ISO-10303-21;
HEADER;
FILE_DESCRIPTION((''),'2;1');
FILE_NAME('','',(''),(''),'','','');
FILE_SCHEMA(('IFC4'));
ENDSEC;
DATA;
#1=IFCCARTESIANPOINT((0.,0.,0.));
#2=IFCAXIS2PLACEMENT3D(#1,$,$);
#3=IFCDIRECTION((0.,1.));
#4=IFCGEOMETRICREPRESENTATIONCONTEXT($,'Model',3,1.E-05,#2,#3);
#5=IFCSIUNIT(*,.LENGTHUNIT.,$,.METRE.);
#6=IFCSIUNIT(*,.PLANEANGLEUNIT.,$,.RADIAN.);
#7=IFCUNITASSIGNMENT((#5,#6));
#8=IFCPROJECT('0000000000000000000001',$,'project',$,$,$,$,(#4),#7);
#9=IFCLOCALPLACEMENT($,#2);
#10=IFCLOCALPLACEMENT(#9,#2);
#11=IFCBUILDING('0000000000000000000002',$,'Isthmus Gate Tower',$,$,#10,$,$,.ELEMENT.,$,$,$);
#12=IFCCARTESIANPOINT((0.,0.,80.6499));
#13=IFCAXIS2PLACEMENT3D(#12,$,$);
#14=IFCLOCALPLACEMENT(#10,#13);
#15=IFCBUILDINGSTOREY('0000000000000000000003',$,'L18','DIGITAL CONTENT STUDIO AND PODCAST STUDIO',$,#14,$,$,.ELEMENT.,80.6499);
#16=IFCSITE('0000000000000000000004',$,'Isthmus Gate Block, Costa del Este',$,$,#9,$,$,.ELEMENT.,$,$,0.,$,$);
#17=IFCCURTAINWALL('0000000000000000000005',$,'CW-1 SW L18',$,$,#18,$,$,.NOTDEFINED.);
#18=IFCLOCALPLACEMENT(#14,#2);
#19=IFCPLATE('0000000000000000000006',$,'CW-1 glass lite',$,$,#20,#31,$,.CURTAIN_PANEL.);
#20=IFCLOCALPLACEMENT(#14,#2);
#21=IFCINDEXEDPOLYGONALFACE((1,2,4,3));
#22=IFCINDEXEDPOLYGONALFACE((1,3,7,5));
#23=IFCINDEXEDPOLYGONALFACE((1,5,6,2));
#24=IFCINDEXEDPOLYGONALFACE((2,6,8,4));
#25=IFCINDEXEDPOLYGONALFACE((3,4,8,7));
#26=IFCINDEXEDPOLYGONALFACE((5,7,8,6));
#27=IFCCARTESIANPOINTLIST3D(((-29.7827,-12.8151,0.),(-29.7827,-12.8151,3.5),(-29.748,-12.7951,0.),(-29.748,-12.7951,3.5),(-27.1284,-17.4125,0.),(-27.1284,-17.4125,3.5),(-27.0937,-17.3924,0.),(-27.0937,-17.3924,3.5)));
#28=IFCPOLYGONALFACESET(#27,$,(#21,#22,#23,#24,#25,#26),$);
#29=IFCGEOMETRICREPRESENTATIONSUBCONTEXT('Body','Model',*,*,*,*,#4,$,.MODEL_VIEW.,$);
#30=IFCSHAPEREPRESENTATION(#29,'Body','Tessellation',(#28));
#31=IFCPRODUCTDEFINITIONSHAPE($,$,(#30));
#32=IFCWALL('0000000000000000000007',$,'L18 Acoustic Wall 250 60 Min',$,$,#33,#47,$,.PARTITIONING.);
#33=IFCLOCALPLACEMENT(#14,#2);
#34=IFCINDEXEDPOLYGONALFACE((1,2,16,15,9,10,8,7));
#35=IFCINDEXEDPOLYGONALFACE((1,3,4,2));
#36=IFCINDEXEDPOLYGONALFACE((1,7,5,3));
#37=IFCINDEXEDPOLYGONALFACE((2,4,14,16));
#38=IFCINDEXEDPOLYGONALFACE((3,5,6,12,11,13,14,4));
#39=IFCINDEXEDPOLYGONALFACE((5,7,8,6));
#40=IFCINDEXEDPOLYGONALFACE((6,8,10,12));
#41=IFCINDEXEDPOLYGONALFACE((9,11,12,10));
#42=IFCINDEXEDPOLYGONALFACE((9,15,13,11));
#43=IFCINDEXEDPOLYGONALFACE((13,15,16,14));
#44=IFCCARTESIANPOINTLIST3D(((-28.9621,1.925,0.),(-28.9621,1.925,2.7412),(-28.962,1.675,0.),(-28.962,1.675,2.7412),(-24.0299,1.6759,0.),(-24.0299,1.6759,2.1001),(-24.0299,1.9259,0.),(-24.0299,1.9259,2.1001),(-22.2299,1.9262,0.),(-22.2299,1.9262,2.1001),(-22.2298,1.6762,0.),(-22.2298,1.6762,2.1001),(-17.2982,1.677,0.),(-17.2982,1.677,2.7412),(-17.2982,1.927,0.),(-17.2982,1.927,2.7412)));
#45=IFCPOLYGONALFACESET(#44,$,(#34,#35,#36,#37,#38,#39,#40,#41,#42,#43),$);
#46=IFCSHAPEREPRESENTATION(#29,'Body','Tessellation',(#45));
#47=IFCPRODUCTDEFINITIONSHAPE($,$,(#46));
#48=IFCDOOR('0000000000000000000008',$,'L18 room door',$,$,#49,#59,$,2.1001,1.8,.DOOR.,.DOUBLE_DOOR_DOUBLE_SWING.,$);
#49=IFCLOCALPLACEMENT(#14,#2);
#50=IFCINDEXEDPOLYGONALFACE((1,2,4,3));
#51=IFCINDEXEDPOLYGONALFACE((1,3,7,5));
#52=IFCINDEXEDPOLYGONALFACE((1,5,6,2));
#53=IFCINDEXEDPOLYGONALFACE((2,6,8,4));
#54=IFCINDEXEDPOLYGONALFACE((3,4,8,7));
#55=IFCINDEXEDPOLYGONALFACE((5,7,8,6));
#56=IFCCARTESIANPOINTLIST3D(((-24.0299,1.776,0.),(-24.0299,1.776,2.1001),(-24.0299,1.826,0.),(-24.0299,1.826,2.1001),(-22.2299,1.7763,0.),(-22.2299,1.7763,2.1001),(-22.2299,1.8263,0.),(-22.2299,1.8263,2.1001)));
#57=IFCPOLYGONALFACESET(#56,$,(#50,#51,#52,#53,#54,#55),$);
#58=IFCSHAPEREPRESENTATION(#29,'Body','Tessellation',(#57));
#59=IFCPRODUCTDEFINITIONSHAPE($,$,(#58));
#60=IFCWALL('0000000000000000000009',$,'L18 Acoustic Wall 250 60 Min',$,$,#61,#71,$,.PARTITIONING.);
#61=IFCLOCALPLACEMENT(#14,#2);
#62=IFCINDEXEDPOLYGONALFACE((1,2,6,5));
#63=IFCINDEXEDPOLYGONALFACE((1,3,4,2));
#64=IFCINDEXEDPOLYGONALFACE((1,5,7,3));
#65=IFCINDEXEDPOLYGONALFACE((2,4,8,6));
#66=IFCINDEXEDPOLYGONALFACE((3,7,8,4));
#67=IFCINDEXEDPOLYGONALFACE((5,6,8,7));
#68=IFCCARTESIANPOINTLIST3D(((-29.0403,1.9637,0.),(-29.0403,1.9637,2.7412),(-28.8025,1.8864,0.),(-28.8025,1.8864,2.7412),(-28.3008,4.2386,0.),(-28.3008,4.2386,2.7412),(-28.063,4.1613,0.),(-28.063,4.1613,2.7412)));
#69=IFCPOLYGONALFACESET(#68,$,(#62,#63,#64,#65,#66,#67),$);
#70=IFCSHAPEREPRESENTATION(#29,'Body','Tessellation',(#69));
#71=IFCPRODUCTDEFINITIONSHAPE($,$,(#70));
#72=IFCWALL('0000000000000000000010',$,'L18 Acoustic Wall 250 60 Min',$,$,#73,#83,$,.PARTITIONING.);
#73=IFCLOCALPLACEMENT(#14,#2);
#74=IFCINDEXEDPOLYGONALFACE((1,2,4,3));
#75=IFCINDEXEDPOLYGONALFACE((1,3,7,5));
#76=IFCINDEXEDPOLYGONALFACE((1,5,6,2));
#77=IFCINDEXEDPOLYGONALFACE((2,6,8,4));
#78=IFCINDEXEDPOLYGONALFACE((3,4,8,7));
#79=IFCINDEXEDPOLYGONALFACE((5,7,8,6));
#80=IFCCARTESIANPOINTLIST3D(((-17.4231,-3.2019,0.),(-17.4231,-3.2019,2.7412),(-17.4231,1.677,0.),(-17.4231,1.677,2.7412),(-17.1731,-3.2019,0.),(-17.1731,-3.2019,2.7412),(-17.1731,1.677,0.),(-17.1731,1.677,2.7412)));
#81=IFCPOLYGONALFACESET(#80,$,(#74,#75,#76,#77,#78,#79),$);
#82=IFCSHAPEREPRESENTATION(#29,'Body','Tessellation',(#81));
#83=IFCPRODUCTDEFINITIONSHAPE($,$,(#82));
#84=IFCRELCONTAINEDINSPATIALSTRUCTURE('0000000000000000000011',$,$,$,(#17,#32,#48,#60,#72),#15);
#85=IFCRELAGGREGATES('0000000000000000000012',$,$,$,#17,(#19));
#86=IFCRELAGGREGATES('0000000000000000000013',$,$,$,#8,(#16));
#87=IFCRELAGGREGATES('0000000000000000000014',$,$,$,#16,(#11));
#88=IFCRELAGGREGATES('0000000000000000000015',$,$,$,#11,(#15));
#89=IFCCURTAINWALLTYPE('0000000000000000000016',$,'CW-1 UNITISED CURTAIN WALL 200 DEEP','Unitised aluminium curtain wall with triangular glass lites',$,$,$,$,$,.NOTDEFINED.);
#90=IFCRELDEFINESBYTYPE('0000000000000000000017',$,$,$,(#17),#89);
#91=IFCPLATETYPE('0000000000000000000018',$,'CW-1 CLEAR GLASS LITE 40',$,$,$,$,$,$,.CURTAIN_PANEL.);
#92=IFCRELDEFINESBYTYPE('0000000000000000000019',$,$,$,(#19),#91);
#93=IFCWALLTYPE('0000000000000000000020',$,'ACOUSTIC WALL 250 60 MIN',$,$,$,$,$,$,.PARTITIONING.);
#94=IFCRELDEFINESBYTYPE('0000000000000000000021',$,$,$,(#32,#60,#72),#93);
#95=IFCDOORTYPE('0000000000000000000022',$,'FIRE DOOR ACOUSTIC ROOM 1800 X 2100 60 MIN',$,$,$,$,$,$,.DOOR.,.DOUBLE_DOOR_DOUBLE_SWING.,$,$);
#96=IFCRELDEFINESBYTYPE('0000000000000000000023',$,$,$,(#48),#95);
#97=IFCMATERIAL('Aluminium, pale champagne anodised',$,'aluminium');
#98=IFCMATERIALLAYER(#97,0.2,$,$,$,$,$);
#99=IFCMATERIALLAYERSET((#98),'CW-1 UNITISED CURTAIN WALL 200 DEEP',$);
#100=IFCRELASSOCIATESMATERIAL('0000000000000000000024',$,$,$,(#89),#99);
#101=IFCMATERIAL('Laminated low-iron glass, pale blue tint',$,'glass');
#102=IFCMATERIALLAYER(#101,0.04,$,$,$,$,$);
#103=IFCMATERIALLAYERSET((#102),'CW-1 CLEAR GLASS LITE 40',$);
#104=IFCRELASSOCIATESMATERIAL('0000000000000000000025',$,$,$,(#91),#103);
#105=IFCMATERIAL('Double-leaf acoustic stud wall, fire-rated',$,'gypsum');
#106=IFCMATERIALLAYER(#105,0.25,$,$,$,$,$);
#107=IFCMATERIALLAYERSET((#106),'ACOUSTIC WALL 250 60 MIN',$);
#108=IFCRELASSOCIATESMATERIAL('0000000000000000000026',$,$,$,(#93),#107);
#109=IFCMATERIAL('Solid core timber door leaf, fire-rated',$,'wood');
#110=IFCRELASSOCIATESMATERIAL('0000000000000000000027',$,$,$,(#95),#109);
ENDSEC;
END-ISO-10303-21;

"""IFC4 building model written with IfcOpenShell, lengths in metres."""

from ifc_helpers import new_model, si_unit, direction, frame, frame_2d, origin, origin_2d, place, context, subcontext, project, spatial, rectangle, extrude, material, layer, layer_set, type_object, element, fill, aggregate, save


model = new_model("IFC4")

# Units and contexts
model_context = context("Model", 3, precision=1e-05, world=origin(), true_north=direction((0.0, 1.0)))
body_context = subcontext(model_context, "Body", "Model", "MODEL_VIEW")
ifc_project = project(units=[si_unit("LENGTHUNIT", "METRE"), si_unit("PLANEANGLEUNIT", "RADIAN")], contexts=[model_context])

# Site, building, storey
site_placement = place(None, origin())
site = spatial("IfcSite", under=ifc_project, at=site_placement, Name="Isthmus Gate Block, Costa del Este", CompositionType="ELEMENT", RefElevation=0.0)
building_placement = place(site_placement, origin())
building = spatial("IfcBuilding", under=site, at=building_placement, Name="Isthmus Gate Tower", CompositionType="ELEMENT")
storey_placement = place(building_placement, frame((0.0, 0.0, 80.6499)))
storey = spatial("IfcBuildingStorey", under=building, at=storey_placement, Name="L18", Description="DIGITAL CONTENT STUDIO AND PODCAST STUDIO", CompositionType="ELEMENT", Elevation=80.6499)

# Curtain wall
ifc_material_1 = material(Name="Aluminium, pale champagne anodised", Category="aluminium")
ifc_layer_1 = layer(ifc_material_1, 0.2)
ifc_layer_set_1 = layer_set([ifc_layer_1], Name="CW-1 UNITISED CURTAIN WALL 200 DEEP")
curtain_wall_type = type_object("IfcCurtainWallType", Name="CW-1 UNITISED CURTAIN WALL 200 DEEP", Description="Unitised aluminium curtain wall with triangular glass lites", PredefinedType="NOTDEFINED", material=ifc_layer_set_1)
curtain_wall_1_placement = place(storey_placement, origin())
curtain_wall_1 = element("IfcCurtainWall", 1, at=curtain_wall_1_placement, inside=storey, type_object=curtain_wall_type, Name="CW-1 SW L18", PredefinedType="NOTDEFINED")

# Shared definitions
ifc_material_2 = material(Name="Laminated low-iron glass, pale blue tint", Category="glass")
ifc_layer_2 = layer(ifc_material_2, 0.04)
ifc_layer_set_2 = layer_set([ifc_layer_2], Name="CW-1 CLEAR GLASS LITE 40")
plate_type = type_object("IfcPlateType", Name="CW-1 CLEAR GLASS LITE 40", PredefinedType="CURTAIN_PANEL", material=ifc_layer_set_2)

# Plate
plate_1_placement = place(storey_placement, frame((-28.4382, -15.1038, 0.0), z_axis=(0.0, 0.0, 1.0), x_axis=(0.5, -0.866025, 0.0)))
plate_1 = element("IfcPlate", 2, at=plate_1_placement, type_object=plate_type, Name="CW-1 glass lite", PredefinedType="CURTAIN_PANEL", context=body_context, shape_type="SweptSolid", body=[
    extrude(rectangle(XDim=5.3086, YDim=0.04, at=origin_2d()), origin(), (0.0, 0.0, 1.0), 3.5),
])
aggregate(curtain_wall_1, [plate_1])

# Wall, opening, door
ifc_material_3 = material(Name="Double-leaf acoustic stud wall, fire-rated", Category="gypsum")
ifc_layer_3 = layer(ifc_material_3, 0.25)
ifc_layer_set_3 = layer_set([ifc_layer_3], Name="ACOUSTIC WALL 250 60 MIN")
wall_type = type_object("IfcWallType", Name="ACOUSTIC WALL 250 60 MIN", PredefinedType="PARTITIONING", material=ifc_layer_set_3)
wall_1_placement = place(storey_placement, frame((-17.2981, 1.802, 0.0), z_axis=(0.0, 0.0, 1.0), x_axis=(-1.0, -0.000167, 0.0)))
wall_1 = element("IfcWall", 3, at=wall_1_placement, inside=storey, type_object=wall_type, Name="L18 Acoustic Wall 250 60 Min", PredefinedType="PARTITIONING", context=body_context, shape_type="SweptSolid", body=[
    extrude(rectangle(XDim=11.6638, YDim=0.25, at=frame_2d((5.832, 0.0))), origin(), (0.0, 0.0, 1.0), 2.7412),
])
opening_placement = place(wall_1_placement, frame((4.9319, 0.0, 0.0)))
opening = element("IfcOpeningElement", 4, at=opening_placement, cuts=wall_1, PredefinedType="OPENING", context=body_context, shape_type="SweptSolid", body=[
    extrude(rectangle(XDim=1.8, YDim=2.1001, at=frame_2d((0.8999, 1.05))), frame((0.0, 0.135, 0.0), z_axis=(0.0, -1.0, 0.0), x_axis=(1.0, 0.0, 0.0)), (0.0, 0.0, 1.0), 0.27),
])
ifc_material_4 = material(Name="Solid core timber door leaf, fire-rated", Category="wood")
door_type = type_object("IfcDoorType", Name="FIRE DOOR ACOUSTIC ROOM 1800 X 2100 60 MIN", OperationType="DOUBLE_DOOR_DOUBLE_SWING", PredefinedType="DOOR", material=ifc_material_4)
door_placement = place(opening_placement, origin())
door = element("IfcDoor", 5, at=door_placement, inside=storey, type_object=door_type, Name="L18 room door", OperationType="DOUBLE_DOOR_DOUBLE_SWING", OverallHeight=2.1001, OverallWidth=1.8, PredefinedType="DOOR", context=body_context, shape_type="SweptSolid", body=[
    extrude(rectangle(XDim=1.8, YDim=2.1001, at=frame_2d((0.8999, 1.05))), frame((0.0, 0.0249, 0.0), z_axis=(0.0, -1.0, 0.0), x_axis=(1.0, 0.0, 0.0)), (0.0, 0.0, 1.0), 0.05),
])
fill(opening, door)

# Walls
wall_2_placement = place(storey_placement, frame((-28.9214, 1.925, 0.0), z_axis=(0.0, 0.0, 1.0), x_axis=(0.309146, 0.951015, 0.0)))
element("IfcWall", 6, at=wall_2_placement, inside=storey, type_object=wall_type, Name="L18 Acoustic Wall 250 60 Min", PredefinedType="PARTITIONING", context=body_context, shape_type="SweptSolid", body=[
    extrude(rectangle(XDim=2.3921, YDim=0.25, at=frame_2d((1.196, 0.0))), origin(), (0.0, 0.0, 1.0), 2.7412),
])
wall_3_placement = place(storey_placement, frame((-17.2981, -3.2019, 0.0), z_axis=(0.0, 0.0, 1.0), x_axis=(0.0, 1.0, 0.0)))
element("IfcWall", 7, at=wall_3_placement, inside=storey, type_object=wall_type, Name="L18 Acoustic Wall 250 60 Min", PredefinedType="PARTITIONING", context=body_context, shape_type="SweptSolid", body=[
    extrude(rectangle(XDim=4.8789, YDim=0.25, at=frame_2d((2.4395, 0.0))), origin(), (0.0, 0.0, 1.0), 2.7412),
])

save(model, "model.ifc")
